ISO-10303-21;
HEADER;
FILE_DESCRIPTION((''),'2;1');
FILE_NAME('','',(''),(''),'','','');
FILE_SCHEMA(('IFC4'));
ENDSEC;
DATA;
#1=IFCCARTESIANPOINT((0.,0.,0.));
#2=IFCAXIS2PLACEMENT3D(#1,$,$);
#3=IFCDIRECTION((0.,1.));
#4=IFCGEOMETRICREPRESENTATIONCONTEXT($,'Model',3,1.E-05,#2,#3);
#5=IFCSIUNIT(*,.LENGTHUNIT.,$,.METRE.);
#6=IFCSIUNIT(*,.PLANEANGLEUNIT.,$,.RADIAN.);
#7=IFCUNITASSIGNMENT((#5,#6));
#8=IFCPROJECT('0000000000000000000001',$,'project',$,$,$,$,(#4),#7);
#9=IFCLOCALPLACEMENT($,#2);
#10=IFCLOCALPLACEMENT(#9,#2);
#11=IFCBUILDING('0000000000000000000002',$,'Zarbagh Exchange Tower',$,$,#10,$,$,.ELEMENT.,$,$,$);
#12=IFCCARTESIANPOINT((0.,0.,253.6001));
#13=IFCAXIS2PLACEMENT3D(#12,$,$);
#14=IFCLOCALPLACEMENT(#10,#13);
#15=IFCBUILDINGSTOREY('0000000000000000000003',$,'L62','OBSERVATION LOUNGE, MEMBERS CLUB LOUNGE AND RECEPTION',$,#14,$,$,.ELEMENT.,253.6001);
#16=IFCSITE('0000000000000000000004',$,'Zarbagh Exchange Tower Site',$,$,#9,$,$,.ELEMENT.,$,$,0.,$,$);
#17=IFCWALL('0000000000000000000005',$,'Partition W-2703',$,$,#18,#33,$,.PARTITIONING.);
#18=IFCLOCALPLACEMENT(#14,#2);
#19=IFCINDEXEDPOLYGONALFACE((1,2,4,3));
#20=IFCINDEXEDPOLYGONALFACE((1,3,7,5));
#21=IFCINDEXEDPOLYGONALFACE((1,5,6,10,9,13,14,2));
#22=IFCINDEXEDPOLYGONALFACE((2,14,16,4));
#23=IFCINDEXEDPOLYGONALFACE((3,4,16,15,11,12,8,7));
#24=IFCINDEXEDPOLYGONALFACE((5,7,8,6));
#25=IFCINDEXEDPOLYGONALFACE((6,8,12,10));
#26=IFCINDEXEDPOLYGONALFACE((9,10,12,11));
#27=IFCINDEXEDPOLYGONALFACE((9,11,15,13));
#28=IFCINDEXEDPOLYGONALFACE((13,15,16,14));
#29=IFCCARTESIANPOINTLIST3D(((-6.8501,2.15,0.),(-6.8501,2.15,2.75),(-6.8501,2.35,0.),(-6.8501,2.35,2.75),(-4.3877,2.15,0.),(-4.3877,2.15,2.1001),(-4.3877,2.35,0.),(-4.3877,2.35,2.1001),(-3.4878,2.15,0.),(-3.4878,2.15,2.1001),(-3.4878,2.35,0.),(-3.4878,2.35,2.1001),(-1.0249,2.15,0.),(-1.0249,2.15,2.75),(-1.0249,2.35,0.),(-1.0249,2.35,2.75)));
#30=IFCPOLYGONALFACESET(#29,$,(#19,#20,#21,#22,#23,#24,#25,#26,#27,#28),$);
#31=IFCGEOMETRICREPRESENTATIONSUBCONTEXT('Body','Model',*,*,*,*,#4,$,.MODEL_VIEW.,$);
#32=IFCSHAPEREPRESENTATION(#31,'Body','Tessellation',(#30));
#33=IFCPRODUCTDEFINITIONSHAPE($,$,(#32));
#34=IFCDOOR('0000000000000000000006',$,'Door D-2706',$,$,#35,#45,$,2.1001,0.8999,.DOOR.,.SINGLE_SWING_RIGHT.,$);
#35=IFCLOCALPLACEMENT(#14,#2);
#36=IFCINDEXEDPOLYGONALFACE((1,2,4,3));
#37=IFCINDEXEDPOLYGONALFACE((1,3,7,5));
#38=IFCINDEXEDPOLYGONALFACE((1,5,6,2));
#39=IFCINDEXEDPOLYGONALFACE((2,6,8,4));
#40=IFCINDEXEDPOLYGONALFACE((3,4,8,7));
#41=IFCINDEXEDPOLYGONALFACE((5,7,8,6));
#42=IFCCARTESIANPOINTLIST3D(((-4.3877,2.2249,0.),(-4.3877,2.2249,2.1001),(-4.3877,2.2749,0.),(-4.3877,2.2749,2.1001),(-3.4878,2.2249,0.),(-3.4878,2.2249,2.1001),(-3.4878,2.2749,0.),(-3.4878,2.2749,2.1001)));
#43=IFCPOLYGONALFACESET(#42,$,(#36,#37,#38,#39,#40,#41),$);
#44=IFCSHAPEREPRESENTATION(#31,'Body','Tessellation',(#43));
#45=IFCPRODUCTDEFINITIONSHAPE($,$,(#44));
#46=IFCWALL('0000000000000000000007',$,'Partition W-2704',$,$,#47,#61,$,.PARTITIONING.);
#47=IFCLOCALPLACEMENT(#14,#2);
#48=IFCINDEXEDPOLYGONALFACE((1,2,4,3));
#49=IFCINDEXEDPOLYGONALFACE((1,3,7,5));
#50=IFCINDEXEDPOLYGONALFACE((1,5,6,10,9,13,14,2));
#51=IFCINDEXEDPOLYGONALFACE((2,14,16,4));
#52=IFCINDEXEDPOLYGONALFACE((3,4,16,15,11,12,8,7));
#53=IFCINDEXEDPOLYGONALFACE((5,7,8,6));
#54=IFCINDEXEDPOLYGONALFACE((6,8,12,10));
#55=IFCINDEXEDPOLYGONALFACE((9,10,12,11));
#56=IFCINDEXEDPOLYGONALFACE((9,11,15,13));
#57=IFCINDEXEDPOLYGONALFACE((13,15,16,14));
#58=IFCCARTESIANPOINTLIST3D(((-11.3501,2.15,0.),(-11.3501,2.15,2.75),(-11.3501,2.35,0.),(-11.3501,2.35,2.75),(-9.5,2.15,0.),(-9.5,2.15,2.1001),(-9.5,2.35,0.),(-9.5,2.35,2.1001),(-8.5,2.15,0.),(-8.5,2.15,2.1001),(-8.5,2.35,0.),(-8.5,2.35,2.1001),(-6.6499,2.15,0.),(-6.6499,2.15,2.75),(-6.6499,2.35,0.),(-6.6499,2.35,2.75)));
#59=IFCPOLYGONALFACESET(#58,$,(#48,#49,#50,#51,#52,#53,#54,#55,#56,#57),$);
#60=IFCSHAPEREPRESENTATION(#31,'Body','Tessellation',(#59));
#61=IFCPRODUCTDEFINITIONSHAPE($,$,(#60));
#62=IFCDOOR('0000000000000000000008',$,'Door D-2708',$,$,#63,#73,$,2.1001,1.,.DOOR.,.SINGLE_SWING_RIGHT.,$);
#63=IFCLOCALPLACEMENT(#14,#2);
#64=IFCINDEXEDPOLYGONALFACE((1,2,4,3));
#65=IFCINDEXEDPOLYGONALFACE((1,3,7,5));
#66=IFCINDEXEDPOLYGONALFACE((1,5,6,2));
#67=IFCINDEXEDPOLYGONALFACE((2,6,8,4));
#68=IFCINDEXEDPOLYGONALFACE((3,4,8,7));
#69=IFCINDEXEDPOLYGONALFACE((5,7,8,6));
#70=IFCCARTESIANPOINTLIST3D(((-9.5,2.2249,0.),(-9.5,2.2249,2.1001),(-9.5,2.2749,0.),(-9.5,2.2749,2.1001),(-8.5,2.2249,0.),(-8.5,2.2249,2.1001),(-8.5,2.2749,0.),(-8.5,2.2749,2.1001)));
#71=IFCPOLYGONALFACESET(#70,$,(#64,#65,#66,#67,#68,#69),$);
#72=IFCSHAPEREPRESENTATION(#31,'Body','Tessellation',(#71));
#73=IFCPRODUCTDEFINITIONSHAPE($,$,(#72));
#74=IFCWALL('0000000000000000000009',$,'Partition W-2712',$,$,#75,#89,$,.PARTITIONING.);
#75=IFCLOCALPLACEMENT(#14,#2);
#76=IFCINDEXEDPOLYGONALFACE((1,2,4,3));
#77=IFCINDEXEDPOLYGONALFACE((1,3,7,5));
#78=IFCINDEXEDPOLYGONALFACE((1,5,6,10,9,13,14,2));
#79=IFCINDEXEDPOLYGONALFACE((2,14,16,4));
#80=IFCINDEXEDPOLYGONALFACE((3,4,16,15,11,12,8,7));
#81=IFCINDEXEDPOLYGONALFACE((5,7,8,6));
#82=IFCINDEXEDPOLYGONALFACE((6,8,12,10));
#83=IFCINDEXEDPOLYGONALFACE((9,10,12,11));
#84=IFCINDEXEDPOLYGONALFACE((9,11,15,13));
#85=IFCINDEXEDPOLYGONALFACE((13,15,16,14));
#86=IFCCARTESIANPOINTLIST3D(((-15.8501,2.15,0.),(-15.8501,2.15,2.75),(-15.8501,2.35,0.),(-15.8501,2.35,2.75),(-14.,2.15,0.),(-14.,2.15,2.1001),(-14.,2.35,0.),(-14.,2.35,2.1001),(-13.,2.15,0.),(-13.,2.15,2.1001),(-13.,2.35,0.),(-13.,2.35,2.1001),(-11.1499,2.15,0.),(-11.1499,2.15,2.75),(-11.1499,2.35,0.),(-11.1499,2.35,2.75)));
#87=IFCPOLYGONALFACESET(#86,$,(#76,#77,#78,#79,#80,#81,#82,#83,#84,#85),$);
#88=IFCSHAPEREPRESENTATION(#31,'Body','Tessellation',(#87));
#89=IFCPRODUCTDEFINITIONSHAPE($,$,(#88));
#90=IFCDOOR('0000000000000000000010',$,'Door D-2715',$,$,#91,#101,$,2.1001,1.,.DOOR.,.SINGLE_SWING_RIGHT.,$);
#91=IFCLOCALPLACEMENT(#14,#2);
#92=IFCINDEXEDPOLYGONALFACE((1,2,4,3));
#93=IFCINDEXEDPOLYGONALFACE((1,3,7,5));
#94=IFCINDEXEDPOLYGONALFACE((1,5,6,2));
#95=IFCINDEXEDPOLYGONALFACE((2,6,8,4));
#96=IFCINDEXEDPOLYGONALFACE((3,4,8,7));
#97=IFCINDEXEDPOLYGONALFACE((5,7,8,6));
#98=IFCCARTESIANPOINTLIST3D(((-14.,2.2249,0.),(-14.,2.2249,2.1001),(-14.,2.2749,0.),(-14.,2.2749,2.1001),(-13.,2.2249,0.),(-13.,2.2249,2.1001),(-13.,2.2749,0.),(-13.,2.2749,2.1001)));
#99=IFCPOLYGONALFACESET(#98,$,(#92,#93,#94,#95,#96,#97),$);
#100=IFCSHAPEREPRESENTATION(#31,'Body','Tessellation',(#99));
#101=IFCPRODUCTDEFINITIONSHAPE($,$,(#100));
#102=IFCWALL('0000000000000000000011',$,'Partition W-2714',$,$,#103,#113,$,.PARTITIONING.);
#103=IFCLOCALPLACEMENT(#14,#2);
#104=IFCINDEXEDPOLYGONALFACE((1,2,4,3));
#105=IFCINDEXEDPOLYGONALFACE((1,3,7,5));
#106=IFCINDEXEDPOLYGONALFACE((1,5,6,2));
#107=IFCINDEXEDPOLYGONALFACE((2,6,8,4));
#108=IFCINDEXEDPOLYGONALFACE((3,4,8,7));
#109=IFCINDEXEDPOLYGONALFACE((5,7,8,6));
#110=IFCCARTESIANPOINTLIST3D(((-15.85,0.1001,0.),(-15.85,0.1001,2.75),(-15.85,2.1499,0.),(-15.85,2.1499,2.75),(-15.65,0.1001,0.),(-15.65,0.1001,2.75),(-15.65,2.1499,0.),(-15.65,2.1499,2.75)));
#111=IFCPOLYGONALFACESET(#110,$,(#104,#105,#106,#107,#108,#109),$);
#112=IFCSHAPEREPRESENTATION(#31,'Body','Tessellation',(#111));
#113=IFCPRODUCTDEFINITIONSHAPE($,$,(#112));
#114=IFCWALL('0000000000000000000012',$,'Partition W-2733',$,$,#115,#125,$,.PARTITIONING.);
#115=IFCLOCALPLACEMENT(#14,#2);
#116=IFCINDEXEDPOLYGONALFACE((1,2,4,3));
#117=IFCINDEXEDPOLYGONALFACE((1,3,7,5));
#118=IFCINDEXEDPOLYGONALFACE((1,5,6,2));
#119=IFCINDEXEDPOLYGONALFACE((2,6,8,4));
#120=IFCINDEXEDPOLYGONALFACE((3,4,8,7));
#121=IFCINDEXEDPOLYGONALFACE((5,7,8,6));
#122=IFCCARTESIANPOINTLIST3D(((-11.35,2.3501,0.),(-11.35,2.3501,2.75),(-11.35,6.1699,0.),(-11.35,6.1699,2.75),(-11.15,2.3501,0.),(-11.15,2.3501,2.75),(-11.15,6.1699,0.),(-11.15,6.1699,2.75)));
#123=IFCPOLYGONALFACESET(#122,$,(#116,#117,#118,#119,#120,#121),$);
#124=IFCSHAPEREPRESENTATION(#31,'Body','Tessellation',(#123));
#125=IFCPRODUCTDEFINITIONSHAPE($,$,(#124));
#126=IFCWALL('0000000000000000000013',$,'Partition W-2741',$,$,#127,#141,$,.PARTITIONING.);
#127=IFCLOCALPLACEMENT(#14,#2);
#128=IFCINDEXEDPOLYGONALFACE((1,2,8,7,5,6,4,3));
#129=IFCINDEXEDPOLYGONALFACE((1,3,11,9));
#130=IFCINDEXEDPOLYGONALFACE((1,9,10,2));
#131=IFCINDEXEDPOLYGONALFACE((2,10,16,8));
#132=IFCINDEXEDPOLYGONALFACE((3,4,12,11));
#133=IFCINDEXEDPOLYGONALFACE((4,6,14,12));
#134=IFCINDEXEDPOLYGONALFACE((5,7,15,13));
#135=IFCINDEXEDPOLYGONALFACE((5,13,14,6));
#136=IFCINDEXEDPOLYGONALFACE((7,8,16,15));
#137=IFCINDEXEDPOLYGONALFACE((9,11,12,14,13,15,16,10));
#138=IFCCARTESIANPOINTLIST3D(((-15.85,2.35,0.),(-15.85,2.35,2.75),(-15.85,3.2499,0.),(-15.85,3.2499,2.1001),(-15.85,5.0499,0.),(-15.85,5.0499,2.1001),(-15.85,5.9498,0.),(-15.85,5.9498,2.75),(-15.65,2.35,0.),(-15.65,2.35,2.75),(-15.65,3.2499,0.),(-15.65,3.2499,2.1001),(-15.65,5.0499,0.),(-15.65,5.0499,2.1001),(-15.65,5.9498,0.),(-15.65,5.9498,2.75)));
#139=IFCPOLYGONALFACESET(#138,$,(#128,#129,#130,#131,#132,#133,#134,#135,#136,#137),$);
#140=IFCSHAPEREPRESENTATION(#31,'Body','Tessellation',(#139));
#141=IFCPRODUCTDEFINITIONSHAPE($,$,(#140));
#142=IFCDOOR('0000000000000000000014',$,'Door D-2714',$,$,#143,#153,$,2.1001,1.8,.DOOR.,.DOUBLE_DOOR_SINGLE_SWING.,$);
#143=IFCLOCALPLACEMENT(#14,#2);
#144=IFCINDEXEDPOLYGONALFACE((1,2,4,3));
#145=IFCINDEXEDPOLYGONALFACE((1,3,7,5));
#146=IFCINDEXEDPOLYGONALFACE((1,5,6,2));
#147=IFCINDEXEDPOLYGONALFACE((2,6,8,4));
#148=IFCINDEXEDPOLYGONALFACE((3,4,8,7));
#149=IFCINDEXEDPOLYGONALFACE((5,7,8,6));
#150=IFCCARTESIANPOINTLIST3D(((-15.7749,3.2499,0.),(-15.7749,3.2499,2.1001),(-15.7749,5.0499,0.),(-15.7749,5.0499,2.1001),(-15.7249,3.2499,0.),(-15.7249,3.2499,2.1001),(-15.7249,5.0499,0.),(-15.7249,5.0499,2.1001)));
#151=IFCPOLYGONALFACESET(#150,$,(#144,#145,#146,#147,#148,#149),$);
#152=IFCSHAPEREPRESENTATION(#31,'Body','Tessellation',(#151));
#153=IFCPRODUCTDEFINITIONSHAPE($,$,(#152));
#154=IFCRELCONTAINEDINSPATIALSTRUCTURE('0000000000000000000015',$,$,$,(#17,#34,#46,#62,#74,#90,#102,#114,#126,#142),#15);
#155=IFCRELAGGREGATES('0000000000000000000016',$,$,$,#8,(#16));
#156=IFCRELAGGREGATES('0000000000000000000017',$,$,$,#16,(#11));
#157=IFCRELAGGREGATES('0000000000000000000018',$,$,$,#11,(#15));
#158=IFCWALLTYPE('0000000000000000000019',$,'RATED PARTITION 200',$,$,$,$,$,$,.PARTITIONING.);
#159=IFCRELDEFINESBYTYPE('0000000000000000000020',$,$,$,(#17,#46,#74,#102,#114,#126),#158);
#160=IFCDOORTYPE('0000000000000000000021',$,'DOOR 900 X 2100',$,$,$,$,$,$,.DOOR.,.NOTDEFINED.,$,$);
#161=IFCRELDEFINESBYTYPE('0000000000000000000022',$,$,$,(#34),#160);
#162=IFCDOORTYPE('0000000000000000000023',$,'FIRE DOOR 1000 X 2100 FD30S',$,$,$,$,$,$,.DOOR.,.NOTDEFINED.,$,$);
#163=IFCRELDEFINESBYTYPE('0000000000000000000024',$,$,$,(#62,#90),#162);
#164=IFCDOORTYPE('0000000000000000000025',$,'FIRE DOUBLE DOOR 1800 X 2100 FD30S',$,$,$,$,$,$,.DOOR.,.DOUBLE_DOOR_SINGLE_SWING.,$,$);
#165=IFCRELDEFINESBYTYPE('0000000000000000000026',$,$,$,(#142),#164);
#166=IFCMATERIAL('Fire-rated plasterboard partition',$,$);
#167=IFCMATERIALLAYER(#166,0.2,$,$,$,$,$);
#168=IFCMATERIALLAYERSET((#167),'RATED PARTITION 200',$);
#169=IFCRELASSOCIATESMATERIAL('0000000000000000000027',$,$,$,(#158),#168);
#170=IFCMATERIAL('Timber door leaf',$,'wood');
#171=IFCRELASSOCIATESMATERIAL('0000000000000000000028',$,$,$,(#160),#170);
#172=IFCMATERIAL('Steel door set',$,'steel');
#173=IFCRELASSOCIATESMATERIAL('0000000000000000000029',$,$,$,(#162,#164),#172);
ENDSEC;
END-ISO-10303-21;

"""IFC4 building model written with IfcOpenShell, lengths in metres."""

from ifc_helpers import new_model, si_unit, direction, frame, frame_2d, origin, place, context, subcontext, project, spatial, rectangle, extrude, material, layer, layer_set, type_object, element, fill, save


model = new_model("IFC4")

# Units and contexts
model_context = context("Model", 3, precision=1e-05, world=origin(), true_north=direction((0.0, 1.0)))
body_context = subcontext(model_context, "Body", "Model", "MODEL_VIEW")
ifc_project = project(units=[si_unit("LENGTHUNIT", "METRE"), si_unit("PLANEANGLEUNIT", "RADIAN")], contexts=[model_context])

# Site, building, storey
site_placement = place(None, origin())
site = spatial("IfcSite", under=ifc_project, at=site_placement, Name="Zarbagh Exchange Tower Site", CompositionType="ELEMENT", RefElevation=0.0)
building_placement = place(site_placement, origin())
building = spatial("IfcBuilding", under=site, at=building_placement, Name="Zarbagh Exchange Tower", CompositionType="ELEMENT")
storey_placement = place(building_placement, frame((0.0, 0.0, 253.6001)))
storey = spatial("IfcBuildingStorey", under=building, at=storey_placement, Name="L62", Description="OBSERVATION LOUNGE, MEMBERS CLUB LOUNGE AND RECEPTION", CompositionType="ELEMENT", Elevation=253.6001)

# Walls, openings, doors
ifc_material_1 = material(Name="Fire-rated plasterboard partition")
ifc_layer = layer(ifc_material_1, 0.2)
ifc_layer_set = layer_set([ifc_layer], Name="RATED PARTITION 200")
wall_type = type_object("IfcWallType", Name="RATED PARTITION 200", PredefinedType="PARTITIONING", material=ifc_layer_set)
wall_1_placement = place(storey_placement, frame((-6.8501, 2.25, 0.0), z_axis=(0.0, 0.0, 1.0), x_axis=(1.0, 0.0, 0.0)))
wall_1 = element("IfcWall", 1, at=wall_1_placement, inside=storey, type_object=wall_type, Name="Partition W-2703", PredefinedType="PARTITIONING", context=body_context, shape_type="SweptSolid", body=[
    extrude(rectangle(XDim=5.8252, YDim=0.2, at=frame_2d((2.9126, 0.0))), origin(), (0.0, 0.0, 1.0), 2.75),
])
opening_1_placement = place(wall_1_placement, frame((2.4624, 0.0, 0.0)))
opening_1 = element("IfcOpeningElement", 2, at=opening_1_placement, cuts=wall_1, PredefinedType="OPENING", context=body_context, shape_type="SweptSolid", body=[
    extrude(rectangle(XDim=0.8999, YDim=2.1001, at=frame_2d((0.45, 1.05))), frame((0.0, 0.1099, 0.0), z_axis=(0.0, -1.0, 0.0), x_axis=(1.0, 0.0, 0.0)), (0.0, 0.0, 1.0), 0.22),
])
ifc_material_2 = material(Name="Timber door leaf", Category="wood")
door_type_1 = type_object("IfcDoorType", Name="DOOR 900 X 2100", OperationType="NOTDEFINED", PredefinedType="DOOR", material=ifc_material_2)
door_1_placement = place(opening_1_placement, origin())
door_1 = element("IfcDoor", 3, at=door_1_placement, inside=storey, type_object=door_type_1, Name="Door D-2706", OperationType="SINGLE_SWING_RIGHT", OverallHeight=2.1001, OverallWidth=0.8999, PredefinedType="DOOR", context=body_context, shape_type="SweptSolid", body=[
    extrude(rectangle(XDim=0.8999, YDim=2.1001, at=frame_2d((0.45, 1.05))), frame((0.0, 0.0249, 0.0), z_axis=(0.0, -1.0, 0.0), x_axis=(1.0, 0.0, 0.0)), (0.0, 0.0, 1.0), 0.05),
])
fill(opening_1, door_1)
wall_2_placement = place(storey_placement, frame((-11.3501, 2.25, 0.0), z_axis=(0.0, 0.0, 1.0), x_axis=(1.0, 0.0, 0.0)))
wall_2 = element("IfcWall", 4, at=wall_2_placement, inside=storey, type_object=wall_type, Name="Partition W-2704", PredefinedType="PARTITIONING", context=body_context, shape_type="SweptSolid", body=[
    extrude(rectangle(XDim=4.7002, YDim=0.2, at=frame_2d((2.3501, 0.0))), origin(), (0.0, 0.0, 1.0), 2.75),
])
opening_2_placement = place(wall_2_placement, frame((1.8501, 0.0, 0.0)))
opening_2 = element("IfcOpeningElement", 5, at=opening_2_placement, cuts=wall_2, PredefinedType="OPENING", context=body_context, shape_type="SweptSolid", body=[
    extrude(rectangle(XDim=1.0, YDim=2.1001, at=frame_2d((0.5, 1.05))), frame((0.0, 0.1099, 0.0), z_axis=(0.0, -1.0, 0.0), x_axis=(1.0, 0.0, 0.0)), (0.0, 0.0, 1.0), 0.22),
])
ifc_material_3 = material(Name="Steel door set", Category="steel")
door_type_2 = type_object("IfcDoorType", Name="FIRE DOOR 1000 X 2100 FD30S", OperationType="NOTDEFINED", PredefinedType="DOOR", material=ifc_material_3)
door_2_placement = place(opening_2_placement, origin())
door_2 = element("IfcDoor", 6, at=door_2_placement, inside=storey, type_object=door_type_2, Name="Door D-2708", OperationType="SINGLE_SWING_RIGHT", OverallHeight=2.1001, OverallWidth=1.0, PredefinedType="DOOR", context=body_context, shape_type="SweptSolid", body=[
    extrude(rectangle(XDim=1.0, YDim=2.1001, at=frame_2d((0.5, 1.05))), frame((0.0, 0.0249, 0.0), z_axis=(0.0, -1.0, 0.0), x_axis=(1.0, 0.0, 0.0)), (0.0, 0.0, 1.0), 0.05),
])
fill(opening_2, door_2)
wall_3_placement = place(storey_placement, frame((-15.8501, 2.25, 0.0), z_axis=(0.0, 0.0, 1.0), x_axis=(1.0, 0.0, 0.0)))
wall_3 = element("IfcWall", 7, at=wall_3_placement, inside=storey, type_object=wall_type, Name="Partition W-2712", PredefinedType="PARTITIONING", context=body_context, shape_type="SweptSolid", body=[
    extrude(rectangle(XDim=4.7002, YDim=0.2, at=frame_2d((2.3501, 0.0))), origin(), (0.0, 0.0, 1.0), 2.75),
])
opening_3_placement = place(wall_3_placement, frame((1.8501, 0.0, 0.0)))
opening_3 = element("IfcOpeningElement", 8, at=opening_3_placement, cuts=wall_3, PredefinedType="OPENING", context=body_context, shape_type="SweptSolid", body=[
    extrude(rectangle(XDim=1.0, YDim=2.1001, at=frame_2d((0.5, 1.05))), frame((0.0, 0.1099, 0.0), z_axis=(0.0, -1.0, 0.0), x_axis=(1.0, 0.0, 0.0)), (0.0, 0.0, 1.0), 0.22),
])
door_3_placement = place(opening_3_placement, origin())
door_3 = element("IfcDoor", 9, at=door_3_placement, inside=storey, type_object=door_type_2, Name="Door D-2715", OperationType="SINGLE_SWING_RIGHT", OverallHeight=2.1001, OverallWidth=1.0, PredefinedType="DOOR", context=body_context, shape_type="SweptSolid", body=[
    extrude(rectangle(XDim=1.0, YDim=2.1001, at=frame_2d((0.5, 1.05))), frame((0.0, 0.0249, 0.0), z_axis=(0.0, -1.0, 0.0), x_axis=(1.0, 0.0, 0.0)), (0.0, 0.0, 1.0), 0.05),
])
fill(opening_3, door_3)

# Walls
wall_4_placement = place(storey_placement, frame((-15.75, 0.1001, 0.0), z_axis=(0.0, 0.0, 1.0), x_axis=(0.0, 1.0, 0.0)))
element("IfcWall", 10, at=wall_4_placement, inside=storey, type_object=wall_type, Name="Partition W-2714", PredefinedType="PARTITIONING", context=body_context, shape_type="SweptSolid", body=[
    extrude(rectangle(XDim=2.0498, YDim=0.2, at=frame_2d((1.0249, 0.0))), origin(), (0.0, 0.0, 1.0), 2.75),
])
wall_5_placement = place(storey_placement, frame((-11.25, 2.3501, 0.0), z_axis=(0.0, 0.0, 1.0), x_axis=(0.0, 1.0, 0.0)))
element("IfcWall", 11, at=wall_5_placement, inside=storey, type_object=wall_type, Name="Partition W-2733", PredefinedType="PARTITIONING", context=body_context, shape_type="SweptSolid", body=[
    extrude(rectangle(XDim=3.8198, YDim=0.2, at=frame_2d((1.9099, 0.0))), origin(), (0.0, 0.0, 1.0), 2.75),
])

# Wall, opening, door
wall_6_placement = place(storey_placement, frame((-15.75, 2.3501, 0.0), z_axis=(0.0, 0.0, 1.0), x_axis=(0.0, 1.0, 0.0)))
wall_6 = element("IfcWall", 12, at=wall_6_placement, inside=storey, type_object=wall_type, Name="Partition W-2741", PredefinedType="PARTITIONING", context=body_context, shape_type="SweptSolid", body=[
    extrude(rectangle(XDim=3.5999, YDim=0.2, at=frame_2d((1.7998, 0.0))), origin(), (0.0, 0.0, 1.0), 2.75),
])
opening_4_placement = place(wall_6_placement, frame((0.8999, 0.0, 0.0)))
opening_4 = element("IfcOpeningElement", 13, at=opening_4_placement, cuts=wall_6, PredefinedType="OPENING", context=body_context, shape_type="SweptSolid", body=[
    extrude(rectangle(XDim=1.8, YDim=2.1001, at=frame_2d((0.8999, 1.05))), frame((0.0, 0.1099, 0.0), z_axis=(0.0, -1.0, 0.0), x_axis=(1.0, 0.0, 0.0)), (0.0, 0.0, 1.0), 0.22),
])
door_type_3 = type_object("IfcDoorType", Name="FIRE DOUBLE DOOR 1800 X 2100 FD30S", OperationType="DOUBLE_DOOR_SINGLE_SWING", PredefinedType="DOOR", material=ifc_material_3)
door_4_placement = place(opening_4_placement, origin())
door_4 = element("IfcDoor", 14, at=door_4_placement, inside=storey, type_object=door_type_3, Name="Door D-2714", OperationType="DOUBLE_DOOR_SINGLE_SWING", OverallHeight=2.1001, OverallWidth=1.8, PredefinedType="DOOR", context=body_context, shape_type="SweptSolid", body=[
    extrude(rectangle(XDim=1.8, YDim=2.1001, at=frame_2d((0.8999, 1.05))), frame((0.0, 0.0249, 0.0), z_axis=(0.0, -1.0, 0.0), x_axis=(1.0, 0.0, 0.0)), (0.0, 0.0, 1.0), 0.05),
])
fill(opening_4, door_4)

save(model, "model.ifc")
